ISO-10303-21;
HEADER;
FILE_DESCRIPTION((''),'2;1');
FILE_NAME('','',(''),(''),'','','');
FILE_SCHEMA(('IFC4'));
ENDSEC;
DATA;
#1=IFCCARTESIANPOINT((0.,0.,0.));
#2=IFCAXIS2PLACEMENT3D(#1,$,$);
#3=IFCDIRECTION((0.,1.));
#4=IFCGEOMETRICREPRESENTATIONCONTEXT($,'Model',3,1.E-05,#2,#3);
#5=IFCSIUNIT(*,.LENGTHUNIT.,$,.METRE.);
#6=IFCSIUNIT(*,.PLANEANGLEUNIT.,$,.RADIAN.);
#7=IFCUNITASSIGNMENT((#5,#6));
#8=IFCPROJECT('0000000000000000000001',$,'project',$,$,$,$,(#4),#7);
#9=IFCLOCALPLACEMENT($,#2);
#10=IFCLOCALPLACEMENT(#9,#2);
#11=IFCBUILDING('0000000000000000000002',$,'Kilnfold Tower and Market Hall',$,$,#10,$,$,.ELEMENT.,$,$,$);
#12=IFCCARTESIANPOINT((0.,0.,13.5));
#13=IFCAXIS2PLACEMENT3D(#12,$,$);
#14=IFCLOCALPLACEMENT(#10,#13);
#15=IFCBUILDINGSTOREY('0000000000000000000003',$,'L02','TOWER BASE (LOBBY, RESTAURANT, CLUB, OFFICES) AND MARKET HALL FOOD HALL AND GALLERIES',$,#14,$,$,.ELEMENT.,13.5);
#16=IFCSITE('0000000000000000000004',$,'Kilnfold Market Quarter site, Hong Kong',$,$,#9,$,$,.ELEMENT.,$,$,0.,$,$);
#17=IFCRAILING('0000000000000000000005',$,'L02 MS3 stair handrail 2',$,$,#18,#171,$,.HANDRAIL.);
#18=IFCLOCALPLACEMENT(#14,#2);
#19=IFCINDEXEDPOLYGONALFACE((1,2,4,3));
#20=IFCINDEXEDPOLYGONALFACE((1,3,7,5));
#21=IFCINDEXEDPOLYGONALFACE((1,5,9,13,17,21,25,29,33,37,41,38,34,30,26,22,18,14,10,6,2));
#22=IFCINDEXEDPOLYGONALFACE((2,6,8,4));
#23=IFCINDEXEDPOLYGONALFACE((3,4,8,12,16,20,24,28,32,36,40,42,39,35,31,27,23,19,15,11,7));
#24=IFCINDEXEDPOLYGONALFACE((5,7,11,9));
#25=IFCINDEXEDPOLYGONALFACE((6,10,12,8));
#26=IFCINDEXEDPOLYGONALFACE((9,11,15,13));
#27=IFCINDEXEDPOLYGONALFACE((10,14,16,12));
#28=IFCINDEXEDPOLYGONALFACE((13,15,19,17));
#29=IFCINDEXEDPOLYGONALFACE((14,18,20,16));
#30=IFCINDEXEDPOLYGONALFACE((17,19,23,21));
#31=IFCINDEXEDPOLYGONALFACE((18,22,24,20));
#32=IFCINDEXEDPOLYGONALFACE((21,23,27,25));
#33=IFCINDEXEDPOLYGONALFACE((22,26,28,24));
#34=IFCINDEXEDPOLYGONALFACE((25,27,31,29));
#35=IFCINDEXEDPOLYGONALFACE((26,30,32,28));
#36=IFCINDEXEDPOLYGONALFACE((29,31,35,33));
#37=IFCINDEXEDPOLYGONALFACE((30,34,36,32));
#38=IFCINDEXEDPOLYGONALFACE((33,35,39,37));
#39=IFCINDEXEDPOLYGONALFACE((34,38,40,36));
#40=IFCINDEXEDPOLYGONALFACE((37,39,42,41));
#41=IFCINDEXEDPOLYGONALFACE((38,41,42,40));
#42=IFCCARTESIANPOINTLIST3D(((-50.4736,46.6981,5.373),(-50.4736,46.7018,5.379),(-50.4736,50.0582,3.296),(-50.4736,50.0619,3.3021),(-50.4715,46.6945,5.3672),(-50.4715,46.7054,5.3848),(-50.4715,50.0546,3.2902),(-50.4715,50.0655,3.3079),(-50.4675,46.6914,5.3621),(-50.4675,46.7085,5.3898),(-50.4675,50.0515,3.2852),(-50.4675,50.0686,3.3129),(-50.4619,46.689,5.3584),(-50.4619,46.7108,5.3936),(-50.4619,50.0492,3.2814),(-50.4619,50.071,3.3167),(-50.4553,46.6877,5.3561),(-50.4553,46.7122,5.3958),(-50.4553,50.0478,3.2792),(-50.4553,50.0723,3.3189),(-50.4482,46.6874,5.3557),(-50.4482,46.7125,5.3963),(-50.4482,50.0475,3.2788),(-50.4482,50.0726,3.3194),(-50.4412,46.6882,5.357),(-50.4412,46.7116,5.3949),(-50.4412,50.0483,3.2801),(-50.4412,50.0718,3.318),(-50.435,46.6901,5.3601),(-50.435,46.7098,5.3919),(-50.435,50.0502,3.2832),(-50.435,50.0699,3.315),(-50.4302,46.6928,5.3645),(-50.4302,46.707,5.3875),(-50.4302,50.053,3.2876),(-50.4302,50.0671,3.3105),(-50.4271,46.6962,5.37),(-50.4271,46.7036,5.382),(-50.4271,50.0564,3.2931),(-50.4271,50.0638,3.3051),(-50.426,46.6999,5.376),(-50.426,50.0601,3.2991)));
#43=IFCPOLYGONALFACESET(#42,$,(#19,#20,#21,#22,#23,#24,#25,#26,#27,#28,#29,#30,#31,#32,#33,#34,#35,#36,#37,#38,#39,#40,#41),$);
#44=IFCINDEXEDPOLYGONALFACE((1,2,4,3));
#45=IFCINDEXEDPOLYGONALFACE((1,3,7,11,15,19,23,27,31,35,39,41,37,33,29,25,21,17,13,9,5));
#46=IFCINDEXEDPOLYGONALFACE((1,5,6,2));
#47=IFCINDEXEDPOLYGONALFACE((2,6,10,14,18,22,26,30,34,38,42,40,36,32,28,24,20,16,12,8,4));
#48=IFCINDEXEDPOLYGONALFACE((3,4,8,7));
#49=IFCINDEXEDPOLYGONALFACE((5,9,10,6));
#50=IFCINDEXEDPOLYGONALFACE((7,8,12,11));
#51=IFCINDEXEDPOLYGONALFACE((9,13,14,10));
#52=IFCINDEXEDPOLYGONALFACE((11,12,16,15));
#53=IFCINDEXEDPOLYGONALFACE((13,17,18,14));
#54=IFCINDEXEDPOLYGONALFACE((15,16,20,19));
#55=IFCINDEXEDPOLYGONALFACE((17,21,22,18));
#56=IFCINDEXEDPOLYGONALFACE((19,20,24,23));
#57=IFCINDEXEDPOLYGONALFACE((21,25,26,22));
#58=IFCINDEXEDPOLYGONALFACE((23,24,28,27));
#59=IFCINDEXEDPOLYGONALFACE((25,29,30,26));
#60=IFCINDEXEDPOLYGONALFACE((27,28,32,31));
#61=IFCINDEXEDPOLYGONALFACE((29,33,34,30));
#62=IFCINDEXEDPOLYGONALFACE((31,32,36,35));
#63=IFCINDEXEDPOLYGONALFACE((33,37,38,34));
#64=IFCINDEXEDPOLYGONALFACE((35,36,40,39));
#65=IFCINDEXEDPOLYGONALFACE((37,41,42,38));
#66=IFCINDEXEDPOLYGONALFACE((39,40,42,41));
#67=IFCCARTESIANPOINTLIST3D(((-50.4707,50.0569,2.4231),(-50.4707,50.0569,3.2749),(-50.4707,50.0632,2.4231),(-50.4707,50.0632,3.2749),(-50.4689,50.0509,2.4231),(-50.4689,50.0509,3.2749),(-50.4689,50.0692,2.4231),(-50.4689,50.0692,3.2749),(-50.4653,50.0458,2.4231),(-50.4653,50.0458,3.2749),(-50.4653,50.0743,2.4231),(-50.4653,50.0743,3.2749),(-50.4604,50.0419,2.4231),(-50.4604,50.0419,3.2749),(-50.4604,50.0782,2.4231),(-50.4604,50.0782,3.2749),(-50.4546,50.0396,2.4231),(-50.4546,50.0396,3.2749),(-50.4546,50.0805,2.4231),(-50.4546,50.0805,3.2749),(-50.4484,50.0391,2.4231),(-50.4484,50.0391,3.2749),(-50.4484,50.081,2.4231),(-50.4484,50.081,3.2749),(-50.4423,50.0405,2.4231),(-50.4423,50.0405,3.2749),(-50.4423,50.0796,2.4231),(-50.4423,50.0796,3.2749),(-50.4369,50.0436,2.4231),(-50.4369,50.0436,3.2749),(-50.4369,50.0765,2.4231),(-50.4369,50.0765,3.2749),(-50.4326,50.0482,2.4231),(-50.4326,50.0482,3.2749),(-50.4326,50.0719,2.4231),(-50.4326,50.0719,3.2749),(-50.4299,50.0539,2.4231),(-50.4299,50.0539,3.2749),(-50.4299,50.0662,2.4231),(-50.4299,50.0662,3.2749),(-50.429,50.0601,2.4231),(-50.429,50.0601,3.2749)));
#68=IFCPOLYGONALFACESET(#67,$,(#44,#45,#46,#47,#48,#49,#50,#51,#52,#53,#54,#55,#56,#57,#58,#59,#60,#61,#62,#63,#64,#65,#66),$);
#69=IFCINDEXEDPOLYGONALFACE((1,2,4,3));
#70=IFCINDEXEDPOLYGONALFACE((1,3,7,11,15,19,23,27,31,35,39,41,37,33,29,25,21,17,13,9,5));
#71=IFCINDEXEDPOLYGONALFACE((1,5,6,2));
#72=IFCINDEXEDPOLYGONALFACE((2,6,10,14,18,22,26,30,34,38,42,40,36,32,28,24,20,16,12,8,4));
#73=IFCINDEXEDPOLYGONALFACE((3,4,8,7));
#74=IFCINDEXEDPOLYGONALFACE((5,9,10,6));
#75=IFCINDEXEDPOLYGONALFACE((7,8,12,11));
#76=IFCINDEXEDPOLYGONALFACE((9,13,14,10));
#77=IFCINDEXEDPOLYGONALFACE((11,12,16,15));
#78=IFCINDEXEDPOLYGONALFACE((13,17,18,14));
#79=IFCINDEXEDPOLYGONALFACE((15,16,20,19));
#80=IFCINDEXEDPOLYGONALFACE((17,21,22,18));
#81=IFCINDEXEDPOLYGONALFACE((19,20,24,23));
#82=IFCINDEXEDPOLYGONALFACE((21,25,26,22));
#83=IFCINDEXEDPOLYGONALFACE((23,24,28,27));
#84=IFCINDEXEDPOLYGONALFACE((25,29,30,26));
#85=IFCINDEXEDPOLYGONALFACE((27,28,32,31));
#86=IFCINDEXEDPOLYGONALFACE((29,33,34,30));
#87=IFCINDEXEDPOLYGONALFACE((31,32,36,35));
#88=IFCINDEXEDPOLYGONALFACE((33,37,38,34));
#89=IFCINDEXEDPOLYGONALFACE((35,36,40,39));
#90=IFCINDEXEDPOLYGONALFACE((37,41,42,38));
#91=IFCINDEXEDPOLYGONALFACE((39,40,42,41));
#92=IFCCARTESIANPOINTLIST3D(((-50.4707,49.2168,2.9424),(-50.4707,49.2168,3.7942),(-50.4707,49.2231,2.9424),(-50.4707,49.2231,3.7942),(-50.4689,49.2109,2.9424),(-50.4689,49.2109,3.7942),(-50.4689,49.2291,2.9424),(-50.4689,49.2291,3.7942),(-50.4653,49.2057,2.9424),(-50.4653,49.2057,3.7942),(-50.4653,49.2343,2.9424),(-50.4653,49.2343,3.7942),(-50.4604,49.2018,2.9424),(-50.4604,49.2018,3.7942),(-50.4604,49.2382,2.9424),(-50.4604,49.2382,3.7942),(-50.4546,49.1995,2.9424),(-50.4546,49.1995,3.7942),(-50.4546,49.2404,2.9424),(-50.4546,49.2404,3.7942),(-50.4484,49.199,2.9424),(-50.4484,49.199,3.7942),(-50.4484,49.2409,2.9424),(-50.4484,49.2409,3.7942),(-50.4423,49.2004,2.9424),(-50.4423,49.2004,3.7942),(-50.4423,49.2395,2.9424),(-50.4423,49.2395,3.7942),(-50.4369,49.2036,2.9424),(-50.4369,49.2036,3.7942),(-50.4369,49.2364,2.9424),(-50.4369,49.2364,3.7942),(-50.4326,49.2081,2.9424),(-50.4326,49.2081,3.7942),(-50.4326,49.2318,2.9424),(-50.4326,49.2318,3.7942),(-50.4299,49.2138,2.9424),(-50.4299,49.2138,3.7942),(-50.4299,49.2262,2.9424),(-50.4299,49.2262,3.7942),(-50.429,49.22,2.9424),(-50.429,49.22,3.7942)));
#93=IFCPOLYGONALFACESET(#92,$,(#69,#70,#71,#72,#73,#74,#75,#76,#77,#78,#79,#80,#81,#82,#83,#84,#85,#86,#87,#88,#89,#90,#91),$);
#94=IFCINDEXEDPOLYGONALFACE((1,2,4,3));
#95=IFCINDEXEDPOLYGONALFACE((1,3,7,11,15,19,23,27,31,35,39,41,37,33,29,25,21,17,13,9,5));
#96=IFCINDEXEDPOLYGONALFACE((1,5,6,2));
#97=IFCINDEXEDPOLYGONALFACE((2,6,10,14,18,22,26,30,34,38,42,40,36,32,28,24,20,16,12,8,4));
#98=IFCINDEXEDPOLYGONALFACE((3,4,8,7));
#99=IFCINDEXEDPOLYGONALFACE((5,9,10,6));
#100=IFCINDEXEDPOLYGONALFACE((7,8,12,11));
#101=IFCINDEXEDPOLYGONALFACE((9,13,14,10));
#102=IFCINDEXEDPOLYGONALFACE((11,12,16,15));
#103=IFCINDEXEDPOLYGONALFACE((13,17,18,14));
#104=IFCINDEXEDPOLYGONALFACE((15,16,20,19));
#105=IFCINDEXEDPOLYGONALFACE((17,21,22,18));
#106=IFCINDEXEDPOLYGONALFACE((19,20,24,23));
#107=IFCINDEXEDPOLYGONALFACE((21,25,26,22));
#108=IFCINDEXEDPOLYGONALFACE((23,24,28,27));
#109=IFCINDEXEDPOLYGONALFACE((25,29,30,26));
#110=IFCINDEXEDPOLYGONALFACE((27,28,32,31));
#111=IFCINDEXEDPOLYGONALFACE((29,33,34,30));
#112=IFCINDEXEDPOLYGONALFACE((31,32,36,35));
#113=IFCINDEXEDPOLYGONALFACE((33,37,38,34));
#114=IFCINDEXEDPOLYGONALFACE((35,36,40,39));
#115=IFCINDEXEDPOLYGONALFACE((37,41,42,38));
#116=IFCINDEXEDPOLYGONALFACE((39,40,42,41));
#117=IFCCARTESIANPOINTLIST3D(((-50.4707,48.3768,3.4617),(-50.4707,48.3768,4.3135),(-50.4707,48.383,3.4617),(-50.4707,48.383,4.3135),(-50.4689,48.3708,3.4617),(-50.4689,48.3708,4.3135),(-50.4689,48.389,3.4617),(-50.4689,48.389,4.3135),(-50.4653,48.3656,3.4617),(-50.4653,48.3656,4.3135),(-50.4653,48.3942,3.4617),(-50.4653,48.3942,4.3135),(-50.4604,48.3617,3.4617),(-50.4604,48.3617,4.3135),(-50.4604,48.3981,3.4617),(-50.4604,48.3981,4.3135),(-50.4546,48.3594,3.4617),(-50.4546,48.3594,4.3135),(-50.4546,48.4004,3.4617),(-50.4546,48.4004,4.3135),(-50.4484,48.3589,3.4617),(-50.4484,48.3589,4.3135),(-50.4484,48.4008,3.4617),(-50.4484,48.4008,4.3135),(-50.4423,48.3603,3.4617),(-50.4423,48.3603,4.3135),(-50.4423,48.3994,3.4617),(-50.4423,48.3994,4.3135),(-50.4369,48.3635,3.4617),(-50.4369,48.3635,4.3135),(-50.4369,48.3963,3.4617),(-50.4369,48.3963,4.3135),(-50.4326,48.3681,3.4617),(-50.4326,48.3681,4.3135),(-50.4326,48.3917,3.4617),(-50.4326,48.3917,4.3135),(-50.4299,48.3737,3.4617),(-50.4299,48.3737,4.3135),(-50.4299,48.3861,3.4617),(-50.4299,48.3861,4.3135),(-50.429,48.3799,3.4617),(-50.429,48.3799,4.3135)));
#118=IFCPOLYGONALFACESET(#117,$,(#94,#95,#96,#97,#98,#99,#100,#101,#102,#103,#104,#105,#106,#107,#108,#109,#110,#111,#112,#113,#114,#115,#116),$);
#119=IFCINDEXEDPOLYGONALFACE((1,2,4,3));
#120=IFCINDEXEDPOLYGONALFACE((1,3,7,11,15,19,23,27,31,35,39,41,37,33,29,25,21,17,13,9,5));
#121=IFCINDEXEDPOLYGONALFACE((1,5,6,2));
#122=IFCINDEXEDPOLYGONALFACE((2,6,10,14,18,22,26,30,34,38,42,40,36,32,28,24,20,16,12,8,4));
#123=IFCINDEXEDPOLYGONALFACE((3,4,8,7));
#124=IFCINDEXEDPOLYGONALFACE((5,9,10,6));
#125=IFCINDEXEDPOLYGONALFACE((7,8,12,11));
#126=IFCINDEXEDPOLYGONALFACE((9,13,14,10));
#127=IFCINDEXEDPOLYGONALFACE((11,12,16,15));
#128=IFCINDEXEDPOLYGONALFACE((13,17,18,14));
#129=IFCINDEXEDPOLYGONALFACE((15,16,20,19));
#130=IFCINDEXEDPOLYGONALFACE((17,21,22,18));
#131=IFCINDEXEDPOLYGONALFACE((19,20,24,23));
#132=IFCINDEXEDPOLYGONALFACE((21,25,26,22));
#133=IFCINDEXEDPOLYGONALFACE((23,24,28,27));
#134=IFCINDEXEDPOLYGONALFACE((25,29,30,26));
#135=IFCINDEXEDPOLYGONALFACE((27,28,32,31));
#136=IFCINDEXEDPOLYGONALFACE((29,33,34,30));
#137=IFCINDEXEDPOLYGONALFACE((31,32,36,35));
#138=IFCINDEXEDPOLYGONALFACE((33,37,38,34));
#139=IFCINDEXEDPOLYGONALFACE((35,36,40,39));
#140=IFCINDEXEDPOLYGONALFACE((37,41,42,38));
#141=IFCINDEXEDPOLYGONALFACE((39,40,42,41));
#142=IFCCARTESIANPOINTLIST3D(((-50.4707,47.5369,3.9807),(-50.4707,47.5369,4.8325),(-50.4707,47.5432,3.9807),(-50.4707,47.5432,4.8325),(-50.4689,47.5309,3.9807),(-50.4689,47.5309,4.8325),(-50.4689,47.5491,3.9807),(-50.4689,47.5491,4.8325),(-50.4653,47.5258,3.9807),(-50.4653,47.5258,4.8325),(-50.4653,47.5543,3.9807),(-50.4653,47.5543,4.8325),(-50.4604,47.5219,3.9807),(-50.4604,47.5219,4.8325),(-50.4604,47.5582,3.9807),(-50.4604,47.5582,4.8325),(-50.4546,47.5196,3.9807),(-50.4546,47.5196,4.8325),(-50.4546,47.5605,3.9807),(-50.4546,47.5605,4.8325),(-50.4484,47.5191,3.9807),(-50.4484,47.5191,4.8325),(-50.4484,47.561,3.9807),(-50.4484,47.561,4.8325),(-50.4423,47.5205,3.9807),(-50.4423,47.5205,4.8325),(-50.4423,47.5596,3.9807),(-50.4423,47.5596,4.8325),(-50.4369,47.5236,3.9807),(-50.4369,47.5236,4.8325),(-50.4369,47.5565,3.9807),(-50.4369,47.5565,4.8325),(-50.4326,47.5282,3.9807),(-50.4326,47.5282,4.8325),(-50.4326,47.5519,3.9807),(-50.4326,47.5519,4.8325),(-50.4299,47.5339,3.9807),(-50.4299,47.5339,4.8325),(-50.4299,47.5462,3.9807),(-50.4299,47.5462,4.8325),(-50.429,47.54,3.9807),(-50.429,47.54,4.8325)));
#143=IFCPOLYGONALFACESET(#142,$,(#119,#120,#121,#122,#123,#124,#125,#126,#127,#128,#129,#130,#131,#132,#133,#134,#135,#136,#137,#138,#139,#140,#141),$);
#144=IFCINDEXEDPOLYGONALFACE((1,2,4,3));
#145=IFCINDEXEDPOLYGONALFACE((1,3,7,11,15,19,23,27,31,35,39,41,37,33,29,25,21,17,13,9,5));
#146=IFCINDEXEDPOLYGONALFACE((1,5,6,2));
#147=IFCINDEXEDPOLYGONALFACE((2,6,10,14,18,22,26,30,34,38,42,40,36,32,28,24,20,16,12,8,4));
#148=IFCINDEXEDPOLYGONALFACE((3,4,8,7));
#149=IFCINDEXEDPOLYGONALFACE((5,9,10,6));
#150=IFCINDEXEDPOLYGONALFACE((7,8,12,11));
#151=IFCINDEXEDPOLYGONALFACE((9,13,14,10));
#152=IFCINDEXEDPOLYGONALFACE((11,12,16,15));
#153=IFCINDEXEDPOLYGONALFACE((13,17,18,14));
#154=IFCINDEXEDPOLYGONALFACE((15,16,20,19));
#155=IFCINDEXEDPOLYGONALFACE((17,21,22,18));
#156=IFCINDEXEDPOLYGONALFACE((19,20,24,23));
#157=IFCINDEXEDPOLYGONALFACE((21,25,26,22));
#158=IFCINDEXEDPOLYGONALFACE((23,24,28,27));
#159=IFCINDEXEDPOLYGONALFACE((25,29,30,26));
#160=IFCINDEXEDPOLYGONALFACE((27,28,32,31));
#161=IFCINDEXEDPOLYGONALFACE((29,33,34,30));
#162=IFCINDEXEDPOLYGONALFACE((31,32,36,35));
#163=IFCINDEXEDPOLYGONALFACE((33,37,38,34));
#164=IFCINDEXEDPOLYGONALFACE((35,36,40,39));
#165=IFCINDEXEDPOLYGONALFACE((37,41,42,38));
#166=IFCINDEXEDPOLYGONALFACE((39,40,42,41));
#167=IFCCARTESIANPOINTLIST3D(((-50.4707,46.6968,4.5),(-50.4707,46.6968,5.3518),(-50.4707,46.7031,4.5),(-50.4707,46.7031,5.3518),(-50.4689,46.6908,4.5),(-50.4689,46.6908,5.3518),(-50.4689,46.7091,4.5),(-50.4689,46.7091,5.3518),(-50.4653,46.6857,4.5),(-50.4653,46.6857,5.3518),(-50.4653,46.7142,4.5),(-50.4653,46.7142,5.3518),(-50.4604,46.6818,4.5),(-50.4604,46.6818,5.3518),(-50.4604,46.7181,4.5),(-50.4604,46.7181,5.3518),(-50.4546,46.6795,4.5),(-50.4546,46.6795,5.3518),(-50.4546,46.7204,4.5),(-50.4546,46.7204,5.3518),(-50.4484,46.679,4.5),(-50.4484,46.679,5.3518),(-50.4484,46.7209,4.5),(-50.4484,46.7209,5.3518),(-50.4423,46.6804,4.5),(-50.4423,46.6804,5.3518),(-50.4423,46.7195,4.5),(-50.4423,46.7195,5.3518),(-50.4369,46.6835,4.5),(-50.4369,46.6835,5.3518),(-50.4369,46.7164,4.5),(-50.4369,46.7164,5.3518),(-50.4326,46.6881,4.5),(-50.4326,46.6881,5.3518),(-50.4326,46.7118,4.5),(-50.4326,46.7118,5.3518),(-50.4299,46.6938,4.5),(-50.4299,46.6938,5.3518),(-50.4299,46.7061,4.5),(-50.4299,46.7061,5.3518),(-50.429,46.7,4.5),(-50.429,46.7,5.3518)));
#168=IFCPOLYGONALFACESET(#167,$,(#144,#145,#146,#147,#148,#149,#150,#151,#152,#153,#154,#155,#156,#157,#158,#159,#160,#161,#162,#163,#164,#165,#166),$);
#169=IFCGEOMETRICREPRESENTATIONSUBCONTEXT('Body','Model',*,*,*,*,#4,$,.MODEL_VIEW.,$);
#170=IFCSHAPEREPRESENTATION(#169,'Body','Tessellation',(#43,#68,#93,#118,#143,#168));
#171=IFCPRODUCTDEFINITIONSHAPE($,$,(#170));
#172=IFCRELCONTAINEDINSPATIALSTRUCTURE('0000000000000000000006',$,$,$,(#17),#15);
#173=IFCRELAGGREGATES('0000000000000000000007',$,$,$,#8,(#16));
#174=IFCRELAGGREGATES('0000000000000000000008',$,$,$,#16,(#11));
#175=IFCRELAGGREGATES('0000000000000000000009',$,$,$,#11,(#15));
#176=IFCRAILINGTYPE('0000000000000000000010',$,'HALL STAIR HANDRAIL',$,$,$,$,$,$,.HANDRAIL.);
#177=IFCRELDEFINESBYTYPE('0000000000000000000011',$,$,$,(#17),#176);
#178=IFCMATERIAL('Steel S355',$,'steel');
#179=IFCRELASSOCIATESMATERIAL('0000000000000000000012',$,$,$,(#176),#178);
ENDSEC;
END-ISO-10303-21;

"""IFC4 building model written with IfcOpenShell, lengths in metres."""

from ifc_helpers import new_model, si_unit, direction, frame, origin, origin_2d, place, context, subcontext, project, spatial, circle, extrude, material, type_object, element, save


model = new_model("IFC4")

# Units and contexts
model_context = context("Model", 3, precision=1e-05, world=origin(), true_north=direction((0.0, 1.0)))
body_context = subcontext(model_context, "Body", "Model", "MODEL_VIEW")
ifc_project = project(units=[si_unit("LENGTHUNIT", "METRE"), si_unit("PLANEANGLEUNIT", "RADIAN")], contexts=[model_context])

# Site, building, storey
site_placement = place(None, origin())
site = spatial("IfcSite", under=ifc_project, at=site_placement, Name="Kilnfold Market Quarter site, Hong Kong", CompositionType="ELEMENT", RefElevation=0.0)
building_placement = place(site_placement, origin())
building = spatial("IfcBuilding", under=site, at=building_placement, Name="Kilnfold Tower and Market Hall", CompositionType="ELEMENT")
storey_placement = place(building_placement, frame((0.0, 0.0, 13.5)))
storey = spatial("IfcBuildingStorey", under=building, at=storey_placement, Name="L02", Description="TOWER BASE (LOBBY, RESTAURANT, CLUB, OFFICES) AND MARKET HALL FOOD HALL AND GALLERIES", CompositionType="ELEMENT", Elevation=13.5)

# Railing
ifc_material_1 = material(Name="Steel S355", Category="steel")
railing_type_1 = type_object("IfcRailingType", Name="HALL STAIR HANDRAIL", PredefinedType="HANDRAIL", material=ifc_material_1)
railing_1_placement = place(storey_placement, frame((-50.45, 50.0601, 2.4231)))
element("IfcRailing", 1, at=railing_1_placement, inside=storey, type_object=railing_type_1, Name="L02 MS3 stair handrail 2", PredefinedType="HANDRAIL", context=body_context, shape_type="SweptSolid", body=[
    extrude(circle(Radius=0.0239, at=origin_2d()), frame((0.0, 0.0, 0.876), z_axis=(0.0, -0.850623, 0.525776), x_axis=(1.0, 0.0, 0.0)), (0.0, 0.0, 1.0), 3.9502),
    extrude(circle(Radius=0.021, at=origin_2d()), origin(), (0.0, 0.0, 1.0), 0.8518),
    extrude(circle(Radius=0.021, at=origin_2d()), frame((0.0, -0.8401, 0.5193)), (0.0, 0.0, 1.0), 0.8518),
    extrude(circle(Radius=0.021, at=origin_2d()), frame((0.0, -1.6802, 1.0386)), (0.0, 0.0, 1.0), 0.8518),
    extrude(circle(Radius=0.021, at=origin_2d()), frame((0.0, -2.52, 1.5576)), (0.0, 0.0, 1.0), 0.8518),
    extrude(circle(Radius=0.021, at=origin_2d()), frame((0.0, -3.3601, 2.0769)), (0.0, 0.0, 1.0), 0.8518),
])

save(model, "model.ifc")
